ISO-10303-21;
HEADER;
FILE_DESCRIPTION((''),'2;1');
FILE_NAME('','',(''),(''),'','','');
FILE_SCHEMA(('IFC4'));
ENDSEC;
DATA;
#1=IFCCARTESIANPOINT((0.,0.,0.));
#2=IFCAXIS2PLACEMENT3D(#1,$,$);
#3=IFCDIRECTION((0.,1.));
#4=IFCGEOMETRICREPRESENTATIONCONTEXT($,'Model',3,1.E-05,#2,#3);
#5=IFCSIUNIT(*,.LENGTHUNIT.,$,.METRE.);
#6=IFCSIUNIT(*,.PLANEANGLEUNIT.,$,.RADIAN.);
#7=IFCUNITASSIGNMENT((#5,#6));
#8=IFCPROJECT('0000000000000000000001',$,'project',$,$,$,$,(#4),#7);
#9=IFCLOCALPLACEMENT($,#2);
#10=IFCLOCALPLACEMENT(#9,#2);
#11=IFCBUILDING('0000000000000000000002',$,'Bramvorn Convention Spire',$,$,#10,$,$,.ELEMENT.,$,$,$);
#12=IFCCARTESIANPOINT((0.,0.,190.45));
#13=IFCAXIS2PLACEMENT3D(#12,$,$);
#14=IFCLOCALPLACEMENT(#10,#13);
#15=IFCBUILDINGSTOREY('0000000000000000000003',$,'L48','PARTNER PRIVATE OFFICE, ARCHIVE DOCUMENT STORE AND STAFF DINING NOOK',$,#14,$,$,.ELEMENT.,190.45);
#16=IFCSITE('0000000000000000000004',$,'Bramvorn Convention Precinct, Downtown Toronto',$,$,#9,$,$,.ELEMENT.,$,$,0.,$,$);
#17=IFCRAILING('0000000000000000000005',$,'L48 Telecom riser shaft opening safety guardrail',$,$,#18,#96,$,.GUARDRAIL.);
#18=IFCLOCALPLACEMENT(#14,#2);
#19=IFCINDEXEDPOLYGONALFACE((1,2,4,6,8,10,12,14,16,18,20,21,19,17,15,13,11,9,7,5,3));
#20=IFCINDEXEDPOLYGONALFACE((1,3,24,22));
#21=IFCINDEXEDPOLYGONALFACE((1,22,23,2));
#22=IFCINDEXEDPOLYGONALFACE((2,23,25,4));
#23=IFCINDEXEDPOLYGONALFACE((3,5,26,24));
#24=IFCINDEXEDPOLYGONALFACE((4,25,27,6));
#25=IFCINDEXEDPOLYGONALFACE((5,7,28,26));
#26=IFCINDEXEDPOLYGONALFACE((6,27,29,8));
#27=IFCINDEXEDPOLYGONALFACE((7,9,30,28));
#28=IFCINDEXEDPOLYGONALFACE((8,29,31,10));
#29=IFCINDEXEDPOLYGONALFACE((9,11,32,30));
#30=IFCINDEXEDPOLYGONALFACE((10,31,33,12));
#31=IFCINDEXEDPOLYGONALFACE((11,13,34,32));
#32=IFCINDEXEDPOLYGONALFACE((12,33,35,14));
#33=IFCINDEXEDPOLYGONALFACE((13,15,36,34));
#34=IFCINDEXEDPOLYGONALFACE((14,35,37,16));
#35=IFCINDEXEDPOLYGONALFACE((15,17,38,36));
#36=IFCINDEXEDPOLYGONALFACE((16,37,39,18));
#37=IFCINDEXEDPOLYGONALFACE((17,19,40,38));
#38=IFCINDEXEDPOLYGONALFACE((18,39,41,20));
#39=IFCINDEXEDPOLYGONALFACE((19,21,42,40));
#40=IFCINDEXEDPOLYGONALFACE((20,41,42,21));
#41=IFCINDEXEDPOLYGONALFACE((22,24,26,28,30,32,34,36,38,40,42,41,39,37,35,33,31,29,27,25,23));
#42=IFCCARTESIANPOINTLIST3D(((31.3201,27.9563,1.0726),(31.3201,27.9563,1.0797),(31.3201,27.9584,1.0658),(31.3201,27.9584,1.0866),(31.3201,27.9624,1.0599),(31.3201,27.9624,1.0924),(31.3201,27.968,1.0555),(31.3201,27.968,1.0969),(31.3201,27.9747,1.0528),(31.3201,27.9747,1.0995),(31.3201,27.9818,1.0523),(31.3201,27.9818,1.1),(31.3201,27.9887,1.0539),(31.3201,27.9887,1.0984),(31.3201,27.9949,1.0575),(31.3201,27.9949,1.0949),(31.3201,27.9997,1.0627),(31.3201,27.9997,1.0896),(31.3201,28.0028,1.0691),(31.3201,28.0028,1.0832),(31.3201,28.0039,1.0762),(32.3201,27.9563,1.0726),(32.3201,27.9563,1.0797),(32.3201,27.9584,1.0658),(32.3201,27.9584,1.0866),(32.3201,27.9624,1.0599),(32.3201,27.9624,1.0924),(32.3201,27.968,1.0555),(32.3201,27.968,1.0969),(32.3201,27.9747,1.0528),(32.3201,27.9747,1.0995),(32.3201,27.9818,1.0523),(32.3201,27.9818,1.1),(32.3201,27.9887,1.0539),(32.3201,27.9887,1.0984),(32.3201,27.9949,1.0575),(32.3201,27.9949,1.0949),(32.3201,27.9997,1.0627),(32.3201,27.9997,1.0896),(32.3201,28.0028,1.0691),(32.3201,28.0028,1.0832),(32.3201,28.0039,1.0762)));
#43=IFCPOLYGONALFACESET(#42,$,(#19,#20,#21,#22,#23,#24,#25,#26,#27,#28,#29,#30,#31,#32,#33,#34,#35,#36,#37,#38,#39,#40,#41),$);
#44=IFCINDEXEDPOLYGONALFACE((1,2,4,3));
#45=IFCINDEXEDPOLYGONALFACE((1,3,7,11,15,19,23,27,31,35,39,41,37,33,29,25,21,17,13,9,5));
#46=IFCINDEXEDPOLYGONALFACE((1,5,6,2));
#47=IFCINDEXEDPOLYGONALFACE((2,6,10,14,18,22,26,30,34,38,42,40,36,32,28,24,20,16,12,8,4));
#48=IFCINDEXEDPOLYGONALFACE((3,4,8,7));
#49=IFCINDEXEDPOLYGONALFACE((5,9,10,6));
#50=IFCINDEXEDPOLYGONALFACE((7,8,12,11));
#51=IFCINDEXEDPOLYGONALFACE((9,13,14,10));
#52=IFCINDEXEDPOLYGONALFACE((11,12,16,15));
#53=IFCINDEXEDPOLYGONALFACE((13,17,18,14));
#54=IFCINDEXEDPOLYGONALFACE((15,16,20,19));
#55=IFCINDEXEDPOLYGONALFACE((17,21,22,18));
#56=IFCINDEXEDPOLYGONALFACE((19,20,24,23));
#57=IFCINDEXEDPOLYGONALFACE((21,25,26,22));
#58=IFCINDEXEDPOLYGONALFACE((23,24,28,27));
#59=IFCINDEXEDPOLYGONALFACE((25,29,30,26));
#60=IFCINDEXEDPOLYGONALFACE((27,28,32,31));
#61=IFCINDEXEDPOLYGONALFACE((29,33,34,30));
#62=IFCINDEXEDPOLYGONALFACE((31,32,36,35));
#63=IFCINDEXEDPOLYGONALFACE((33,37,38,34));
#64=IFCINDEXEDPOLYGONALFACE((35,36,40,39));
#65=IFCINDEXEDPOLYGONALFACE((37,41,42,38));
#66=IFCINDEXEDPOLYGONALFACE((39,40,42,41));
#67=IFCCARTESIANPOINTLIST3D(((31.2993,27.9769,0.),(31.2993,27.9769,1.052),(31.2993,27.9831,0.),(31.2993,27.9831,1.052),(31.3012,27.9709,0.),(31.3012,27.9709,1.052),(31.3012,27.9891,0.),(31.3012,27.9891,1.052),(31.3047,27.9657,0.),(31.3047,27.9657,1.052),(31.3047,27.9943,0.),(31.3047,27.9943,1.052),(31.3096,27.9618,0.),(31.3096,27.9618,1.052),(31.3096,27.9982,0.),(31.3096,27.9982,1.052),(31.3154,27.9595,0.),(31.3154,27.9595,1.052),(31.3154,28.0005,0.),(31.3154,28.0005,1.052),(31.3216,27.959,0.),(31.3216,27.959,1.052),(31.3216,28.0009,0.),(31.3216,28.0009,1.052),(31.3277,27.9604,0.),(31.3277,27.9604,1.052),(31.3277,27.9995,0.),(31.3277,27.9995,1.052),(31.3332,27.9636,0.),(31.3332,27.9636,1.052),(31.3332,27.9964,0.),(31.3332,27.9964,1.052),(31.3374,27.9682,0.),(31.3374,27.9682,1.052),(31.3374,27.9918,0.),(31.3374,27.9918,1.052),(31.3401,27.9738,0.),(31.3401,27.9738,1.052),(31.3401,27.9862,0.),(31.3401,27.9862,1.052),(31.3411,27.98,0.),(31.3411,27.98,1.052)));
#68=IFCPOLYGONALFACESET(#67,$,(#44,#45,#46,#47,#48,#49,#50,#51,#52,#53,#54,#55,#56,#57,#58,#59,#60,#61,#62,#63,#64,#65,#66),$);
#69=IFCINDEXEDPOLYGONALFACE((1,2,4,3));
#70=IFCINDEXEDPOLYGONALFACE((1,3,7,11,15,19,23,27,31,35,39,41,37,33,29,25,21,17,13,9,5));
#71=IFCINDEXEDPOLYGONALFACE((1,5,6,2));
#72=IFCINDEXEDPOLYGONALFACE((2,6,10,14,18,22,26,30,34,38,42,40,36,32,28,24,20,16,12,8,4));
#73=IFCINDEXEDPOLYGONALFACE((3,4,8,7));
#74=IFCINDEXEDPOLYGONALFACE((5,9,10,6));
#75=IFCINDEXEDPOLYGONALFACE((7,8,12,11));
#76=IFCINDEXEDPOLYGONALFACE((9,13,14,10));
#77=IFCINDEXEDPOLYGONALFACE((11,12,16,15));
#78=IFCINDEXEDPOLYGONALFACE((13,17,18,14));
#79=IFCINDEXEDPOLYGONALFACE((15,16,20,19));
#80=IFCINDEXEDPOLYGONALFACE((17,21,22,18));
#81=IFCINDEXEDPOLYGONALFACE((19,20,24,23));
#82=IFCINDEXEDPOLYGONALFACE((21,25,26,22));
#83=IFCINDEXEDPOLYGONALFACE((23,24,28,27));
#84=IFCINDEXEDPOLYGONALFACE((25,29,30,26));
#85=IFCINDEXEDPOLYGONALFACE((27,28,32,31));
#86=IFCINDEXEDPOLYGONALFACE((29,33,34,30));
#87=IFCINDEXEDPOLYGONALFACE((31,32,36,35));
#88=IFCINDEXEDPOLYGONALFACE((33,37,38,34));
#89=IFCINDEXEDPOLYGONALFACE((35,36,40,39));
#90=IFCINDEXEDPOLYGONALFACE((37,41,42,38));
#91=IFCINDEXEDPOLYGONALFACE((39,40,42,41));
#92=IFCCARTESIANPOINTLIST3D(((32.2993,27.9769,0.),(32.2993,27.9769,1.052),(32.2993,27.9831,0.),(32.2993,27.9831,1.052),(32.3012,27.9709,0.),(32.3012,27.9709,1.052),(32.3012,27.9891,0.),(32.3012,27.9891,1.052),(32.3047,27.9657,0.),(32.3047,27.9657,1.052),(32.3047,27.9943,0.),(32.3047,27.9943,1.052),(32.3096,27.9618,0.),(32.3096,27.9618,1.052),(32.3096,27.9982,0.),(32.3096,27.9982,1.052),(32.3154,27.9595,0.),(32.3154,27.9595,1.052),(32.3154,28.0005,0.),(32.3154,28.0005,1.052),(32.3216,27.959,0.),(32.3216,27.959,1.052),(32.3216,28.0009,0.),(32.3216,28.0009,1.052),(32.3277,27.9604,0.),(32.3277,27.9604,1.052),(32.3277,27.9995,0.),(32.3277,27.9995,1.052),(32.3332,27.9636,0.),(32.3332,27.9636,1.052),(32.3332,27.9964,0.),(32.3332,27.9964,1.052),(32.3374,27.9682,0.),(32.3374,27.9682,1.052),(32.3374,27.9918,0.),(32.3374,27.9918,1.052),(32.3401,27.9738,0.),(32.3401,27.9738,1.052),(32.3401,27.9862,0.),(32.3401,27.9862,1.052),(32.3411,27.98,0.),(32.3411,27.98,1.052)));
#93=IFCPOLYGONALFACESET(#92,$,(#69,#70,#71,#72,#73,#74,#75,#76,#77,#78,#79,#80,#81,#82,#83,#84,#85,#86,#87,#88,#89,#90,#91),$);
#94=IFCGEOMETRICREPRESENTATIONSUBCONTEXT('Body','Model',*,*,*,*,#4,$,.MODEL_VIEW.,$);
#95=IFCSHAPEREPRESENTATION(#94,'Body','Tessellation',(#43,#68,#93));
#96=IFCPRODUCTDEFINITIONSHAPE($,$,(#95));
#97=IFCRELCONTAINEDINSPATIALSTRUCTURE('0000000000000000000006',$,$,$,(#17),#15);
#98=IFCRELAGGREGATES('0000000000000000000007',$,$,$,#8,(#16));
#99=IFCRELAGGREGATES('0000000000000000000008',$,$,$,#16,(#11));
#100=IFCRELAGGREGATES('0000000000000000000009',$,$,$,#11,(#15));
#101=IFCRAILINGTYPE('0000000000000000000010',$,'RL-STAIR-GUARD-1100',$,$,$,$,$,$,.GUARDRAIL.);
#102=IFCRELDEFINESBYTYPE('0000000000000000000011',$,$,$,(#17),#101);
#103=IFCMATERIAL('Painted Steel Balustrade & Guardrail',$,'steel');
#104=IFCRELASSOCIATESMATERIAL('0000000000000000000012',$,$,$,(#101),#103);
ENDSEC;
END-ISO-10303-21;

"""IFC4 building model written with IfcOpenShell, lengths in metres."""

from ifc_helpers import new_model, si_unit, direction, frame, origin, origin_2d, place, context, subcontext, project, spatial, circle, extrude, material, type_object, element, save


model = new_model("IFC4")

# Units and contexts
model_context = context("Model", 3, precision=1e-05, world=origin(), true_north=direction((0.0, 1.0)))
body_context = subcontext(model_context, "Body", "Model", "MODEL_VIEW")
ifc_project = project(units=[si_unit("LENGTHUNIT", "METRE"), si_unit("PLANEANGLEUNIT", "RADIAN")], contexts=[model_context])

# Site, building, storey
site_placement = place(None, origin())
site = spatial("IfcSite", under=ifc_project, at=site_placement, Name="Bramvorn Convention Precinct, Downtown Toronto", CompositionType="ELEMENT", RefElevation=0.0)
building_placement = place(site_placement, origin())
building = spatial("IfcBuilding", under=site, at=building_placement, Name="Bramvorn Convention Spire", CompositionType="ELEMENT")
storey_placement = place(building_placement, frame((0.0, 0.0, 190.45)))
storey = spatial("IfcBuildingStorey", under=building, at=storey_placement, Name="L48", Description="PARTNER PRIVATE OFFICE, ARCHIVE DOCUMENT STORE AND STAFF DINING NOOK", CompositionType="ELEMENT", Elevation=190.45)

# Railing
ifc_material_1 = material(Name="Painted Steel Balustrade & Guardrail", Category="steel")
railing_type_1 = type_object("IfcRailingType", Name="RL-STAIR-GUARD-1100", PredefinedType="GUARDRAIL", material=ifc_material_1)
railing_1_placement = place(storey_placement, frame((31.3201, 27.98, 0.0)))
element("IfcRailing", 1, at=railing_1_placement, inside=storey, type_object=railing_type_1, Name="L48 Telecom riser shaft opening safety guardrail", PredefinedType="GUARDRAIL", context=body_context, shape_type="SweptSolid", body=[
    extrude(circle(Radius=0.0239, at=origin_2d()), frame((0.0, 0.0, 1.0762), z_axis=(1.0, 0.0, 0.0), x_axis=(0.0, 1.0, 0.0)), (0.0, 0.0, 1.0), 1.0),
    extrude(circle(Radius=0.021, at=origin_2d()), origin(), (0.0, 0.0, 1.0), 1.052),
    extrude(circle(Radius=0.021, at=origin_2d()), frame((1.0, 0.0, 0.0)), (0.0, 0.0, 1.0), 1.052),
])

save(model, "model.ifc")
